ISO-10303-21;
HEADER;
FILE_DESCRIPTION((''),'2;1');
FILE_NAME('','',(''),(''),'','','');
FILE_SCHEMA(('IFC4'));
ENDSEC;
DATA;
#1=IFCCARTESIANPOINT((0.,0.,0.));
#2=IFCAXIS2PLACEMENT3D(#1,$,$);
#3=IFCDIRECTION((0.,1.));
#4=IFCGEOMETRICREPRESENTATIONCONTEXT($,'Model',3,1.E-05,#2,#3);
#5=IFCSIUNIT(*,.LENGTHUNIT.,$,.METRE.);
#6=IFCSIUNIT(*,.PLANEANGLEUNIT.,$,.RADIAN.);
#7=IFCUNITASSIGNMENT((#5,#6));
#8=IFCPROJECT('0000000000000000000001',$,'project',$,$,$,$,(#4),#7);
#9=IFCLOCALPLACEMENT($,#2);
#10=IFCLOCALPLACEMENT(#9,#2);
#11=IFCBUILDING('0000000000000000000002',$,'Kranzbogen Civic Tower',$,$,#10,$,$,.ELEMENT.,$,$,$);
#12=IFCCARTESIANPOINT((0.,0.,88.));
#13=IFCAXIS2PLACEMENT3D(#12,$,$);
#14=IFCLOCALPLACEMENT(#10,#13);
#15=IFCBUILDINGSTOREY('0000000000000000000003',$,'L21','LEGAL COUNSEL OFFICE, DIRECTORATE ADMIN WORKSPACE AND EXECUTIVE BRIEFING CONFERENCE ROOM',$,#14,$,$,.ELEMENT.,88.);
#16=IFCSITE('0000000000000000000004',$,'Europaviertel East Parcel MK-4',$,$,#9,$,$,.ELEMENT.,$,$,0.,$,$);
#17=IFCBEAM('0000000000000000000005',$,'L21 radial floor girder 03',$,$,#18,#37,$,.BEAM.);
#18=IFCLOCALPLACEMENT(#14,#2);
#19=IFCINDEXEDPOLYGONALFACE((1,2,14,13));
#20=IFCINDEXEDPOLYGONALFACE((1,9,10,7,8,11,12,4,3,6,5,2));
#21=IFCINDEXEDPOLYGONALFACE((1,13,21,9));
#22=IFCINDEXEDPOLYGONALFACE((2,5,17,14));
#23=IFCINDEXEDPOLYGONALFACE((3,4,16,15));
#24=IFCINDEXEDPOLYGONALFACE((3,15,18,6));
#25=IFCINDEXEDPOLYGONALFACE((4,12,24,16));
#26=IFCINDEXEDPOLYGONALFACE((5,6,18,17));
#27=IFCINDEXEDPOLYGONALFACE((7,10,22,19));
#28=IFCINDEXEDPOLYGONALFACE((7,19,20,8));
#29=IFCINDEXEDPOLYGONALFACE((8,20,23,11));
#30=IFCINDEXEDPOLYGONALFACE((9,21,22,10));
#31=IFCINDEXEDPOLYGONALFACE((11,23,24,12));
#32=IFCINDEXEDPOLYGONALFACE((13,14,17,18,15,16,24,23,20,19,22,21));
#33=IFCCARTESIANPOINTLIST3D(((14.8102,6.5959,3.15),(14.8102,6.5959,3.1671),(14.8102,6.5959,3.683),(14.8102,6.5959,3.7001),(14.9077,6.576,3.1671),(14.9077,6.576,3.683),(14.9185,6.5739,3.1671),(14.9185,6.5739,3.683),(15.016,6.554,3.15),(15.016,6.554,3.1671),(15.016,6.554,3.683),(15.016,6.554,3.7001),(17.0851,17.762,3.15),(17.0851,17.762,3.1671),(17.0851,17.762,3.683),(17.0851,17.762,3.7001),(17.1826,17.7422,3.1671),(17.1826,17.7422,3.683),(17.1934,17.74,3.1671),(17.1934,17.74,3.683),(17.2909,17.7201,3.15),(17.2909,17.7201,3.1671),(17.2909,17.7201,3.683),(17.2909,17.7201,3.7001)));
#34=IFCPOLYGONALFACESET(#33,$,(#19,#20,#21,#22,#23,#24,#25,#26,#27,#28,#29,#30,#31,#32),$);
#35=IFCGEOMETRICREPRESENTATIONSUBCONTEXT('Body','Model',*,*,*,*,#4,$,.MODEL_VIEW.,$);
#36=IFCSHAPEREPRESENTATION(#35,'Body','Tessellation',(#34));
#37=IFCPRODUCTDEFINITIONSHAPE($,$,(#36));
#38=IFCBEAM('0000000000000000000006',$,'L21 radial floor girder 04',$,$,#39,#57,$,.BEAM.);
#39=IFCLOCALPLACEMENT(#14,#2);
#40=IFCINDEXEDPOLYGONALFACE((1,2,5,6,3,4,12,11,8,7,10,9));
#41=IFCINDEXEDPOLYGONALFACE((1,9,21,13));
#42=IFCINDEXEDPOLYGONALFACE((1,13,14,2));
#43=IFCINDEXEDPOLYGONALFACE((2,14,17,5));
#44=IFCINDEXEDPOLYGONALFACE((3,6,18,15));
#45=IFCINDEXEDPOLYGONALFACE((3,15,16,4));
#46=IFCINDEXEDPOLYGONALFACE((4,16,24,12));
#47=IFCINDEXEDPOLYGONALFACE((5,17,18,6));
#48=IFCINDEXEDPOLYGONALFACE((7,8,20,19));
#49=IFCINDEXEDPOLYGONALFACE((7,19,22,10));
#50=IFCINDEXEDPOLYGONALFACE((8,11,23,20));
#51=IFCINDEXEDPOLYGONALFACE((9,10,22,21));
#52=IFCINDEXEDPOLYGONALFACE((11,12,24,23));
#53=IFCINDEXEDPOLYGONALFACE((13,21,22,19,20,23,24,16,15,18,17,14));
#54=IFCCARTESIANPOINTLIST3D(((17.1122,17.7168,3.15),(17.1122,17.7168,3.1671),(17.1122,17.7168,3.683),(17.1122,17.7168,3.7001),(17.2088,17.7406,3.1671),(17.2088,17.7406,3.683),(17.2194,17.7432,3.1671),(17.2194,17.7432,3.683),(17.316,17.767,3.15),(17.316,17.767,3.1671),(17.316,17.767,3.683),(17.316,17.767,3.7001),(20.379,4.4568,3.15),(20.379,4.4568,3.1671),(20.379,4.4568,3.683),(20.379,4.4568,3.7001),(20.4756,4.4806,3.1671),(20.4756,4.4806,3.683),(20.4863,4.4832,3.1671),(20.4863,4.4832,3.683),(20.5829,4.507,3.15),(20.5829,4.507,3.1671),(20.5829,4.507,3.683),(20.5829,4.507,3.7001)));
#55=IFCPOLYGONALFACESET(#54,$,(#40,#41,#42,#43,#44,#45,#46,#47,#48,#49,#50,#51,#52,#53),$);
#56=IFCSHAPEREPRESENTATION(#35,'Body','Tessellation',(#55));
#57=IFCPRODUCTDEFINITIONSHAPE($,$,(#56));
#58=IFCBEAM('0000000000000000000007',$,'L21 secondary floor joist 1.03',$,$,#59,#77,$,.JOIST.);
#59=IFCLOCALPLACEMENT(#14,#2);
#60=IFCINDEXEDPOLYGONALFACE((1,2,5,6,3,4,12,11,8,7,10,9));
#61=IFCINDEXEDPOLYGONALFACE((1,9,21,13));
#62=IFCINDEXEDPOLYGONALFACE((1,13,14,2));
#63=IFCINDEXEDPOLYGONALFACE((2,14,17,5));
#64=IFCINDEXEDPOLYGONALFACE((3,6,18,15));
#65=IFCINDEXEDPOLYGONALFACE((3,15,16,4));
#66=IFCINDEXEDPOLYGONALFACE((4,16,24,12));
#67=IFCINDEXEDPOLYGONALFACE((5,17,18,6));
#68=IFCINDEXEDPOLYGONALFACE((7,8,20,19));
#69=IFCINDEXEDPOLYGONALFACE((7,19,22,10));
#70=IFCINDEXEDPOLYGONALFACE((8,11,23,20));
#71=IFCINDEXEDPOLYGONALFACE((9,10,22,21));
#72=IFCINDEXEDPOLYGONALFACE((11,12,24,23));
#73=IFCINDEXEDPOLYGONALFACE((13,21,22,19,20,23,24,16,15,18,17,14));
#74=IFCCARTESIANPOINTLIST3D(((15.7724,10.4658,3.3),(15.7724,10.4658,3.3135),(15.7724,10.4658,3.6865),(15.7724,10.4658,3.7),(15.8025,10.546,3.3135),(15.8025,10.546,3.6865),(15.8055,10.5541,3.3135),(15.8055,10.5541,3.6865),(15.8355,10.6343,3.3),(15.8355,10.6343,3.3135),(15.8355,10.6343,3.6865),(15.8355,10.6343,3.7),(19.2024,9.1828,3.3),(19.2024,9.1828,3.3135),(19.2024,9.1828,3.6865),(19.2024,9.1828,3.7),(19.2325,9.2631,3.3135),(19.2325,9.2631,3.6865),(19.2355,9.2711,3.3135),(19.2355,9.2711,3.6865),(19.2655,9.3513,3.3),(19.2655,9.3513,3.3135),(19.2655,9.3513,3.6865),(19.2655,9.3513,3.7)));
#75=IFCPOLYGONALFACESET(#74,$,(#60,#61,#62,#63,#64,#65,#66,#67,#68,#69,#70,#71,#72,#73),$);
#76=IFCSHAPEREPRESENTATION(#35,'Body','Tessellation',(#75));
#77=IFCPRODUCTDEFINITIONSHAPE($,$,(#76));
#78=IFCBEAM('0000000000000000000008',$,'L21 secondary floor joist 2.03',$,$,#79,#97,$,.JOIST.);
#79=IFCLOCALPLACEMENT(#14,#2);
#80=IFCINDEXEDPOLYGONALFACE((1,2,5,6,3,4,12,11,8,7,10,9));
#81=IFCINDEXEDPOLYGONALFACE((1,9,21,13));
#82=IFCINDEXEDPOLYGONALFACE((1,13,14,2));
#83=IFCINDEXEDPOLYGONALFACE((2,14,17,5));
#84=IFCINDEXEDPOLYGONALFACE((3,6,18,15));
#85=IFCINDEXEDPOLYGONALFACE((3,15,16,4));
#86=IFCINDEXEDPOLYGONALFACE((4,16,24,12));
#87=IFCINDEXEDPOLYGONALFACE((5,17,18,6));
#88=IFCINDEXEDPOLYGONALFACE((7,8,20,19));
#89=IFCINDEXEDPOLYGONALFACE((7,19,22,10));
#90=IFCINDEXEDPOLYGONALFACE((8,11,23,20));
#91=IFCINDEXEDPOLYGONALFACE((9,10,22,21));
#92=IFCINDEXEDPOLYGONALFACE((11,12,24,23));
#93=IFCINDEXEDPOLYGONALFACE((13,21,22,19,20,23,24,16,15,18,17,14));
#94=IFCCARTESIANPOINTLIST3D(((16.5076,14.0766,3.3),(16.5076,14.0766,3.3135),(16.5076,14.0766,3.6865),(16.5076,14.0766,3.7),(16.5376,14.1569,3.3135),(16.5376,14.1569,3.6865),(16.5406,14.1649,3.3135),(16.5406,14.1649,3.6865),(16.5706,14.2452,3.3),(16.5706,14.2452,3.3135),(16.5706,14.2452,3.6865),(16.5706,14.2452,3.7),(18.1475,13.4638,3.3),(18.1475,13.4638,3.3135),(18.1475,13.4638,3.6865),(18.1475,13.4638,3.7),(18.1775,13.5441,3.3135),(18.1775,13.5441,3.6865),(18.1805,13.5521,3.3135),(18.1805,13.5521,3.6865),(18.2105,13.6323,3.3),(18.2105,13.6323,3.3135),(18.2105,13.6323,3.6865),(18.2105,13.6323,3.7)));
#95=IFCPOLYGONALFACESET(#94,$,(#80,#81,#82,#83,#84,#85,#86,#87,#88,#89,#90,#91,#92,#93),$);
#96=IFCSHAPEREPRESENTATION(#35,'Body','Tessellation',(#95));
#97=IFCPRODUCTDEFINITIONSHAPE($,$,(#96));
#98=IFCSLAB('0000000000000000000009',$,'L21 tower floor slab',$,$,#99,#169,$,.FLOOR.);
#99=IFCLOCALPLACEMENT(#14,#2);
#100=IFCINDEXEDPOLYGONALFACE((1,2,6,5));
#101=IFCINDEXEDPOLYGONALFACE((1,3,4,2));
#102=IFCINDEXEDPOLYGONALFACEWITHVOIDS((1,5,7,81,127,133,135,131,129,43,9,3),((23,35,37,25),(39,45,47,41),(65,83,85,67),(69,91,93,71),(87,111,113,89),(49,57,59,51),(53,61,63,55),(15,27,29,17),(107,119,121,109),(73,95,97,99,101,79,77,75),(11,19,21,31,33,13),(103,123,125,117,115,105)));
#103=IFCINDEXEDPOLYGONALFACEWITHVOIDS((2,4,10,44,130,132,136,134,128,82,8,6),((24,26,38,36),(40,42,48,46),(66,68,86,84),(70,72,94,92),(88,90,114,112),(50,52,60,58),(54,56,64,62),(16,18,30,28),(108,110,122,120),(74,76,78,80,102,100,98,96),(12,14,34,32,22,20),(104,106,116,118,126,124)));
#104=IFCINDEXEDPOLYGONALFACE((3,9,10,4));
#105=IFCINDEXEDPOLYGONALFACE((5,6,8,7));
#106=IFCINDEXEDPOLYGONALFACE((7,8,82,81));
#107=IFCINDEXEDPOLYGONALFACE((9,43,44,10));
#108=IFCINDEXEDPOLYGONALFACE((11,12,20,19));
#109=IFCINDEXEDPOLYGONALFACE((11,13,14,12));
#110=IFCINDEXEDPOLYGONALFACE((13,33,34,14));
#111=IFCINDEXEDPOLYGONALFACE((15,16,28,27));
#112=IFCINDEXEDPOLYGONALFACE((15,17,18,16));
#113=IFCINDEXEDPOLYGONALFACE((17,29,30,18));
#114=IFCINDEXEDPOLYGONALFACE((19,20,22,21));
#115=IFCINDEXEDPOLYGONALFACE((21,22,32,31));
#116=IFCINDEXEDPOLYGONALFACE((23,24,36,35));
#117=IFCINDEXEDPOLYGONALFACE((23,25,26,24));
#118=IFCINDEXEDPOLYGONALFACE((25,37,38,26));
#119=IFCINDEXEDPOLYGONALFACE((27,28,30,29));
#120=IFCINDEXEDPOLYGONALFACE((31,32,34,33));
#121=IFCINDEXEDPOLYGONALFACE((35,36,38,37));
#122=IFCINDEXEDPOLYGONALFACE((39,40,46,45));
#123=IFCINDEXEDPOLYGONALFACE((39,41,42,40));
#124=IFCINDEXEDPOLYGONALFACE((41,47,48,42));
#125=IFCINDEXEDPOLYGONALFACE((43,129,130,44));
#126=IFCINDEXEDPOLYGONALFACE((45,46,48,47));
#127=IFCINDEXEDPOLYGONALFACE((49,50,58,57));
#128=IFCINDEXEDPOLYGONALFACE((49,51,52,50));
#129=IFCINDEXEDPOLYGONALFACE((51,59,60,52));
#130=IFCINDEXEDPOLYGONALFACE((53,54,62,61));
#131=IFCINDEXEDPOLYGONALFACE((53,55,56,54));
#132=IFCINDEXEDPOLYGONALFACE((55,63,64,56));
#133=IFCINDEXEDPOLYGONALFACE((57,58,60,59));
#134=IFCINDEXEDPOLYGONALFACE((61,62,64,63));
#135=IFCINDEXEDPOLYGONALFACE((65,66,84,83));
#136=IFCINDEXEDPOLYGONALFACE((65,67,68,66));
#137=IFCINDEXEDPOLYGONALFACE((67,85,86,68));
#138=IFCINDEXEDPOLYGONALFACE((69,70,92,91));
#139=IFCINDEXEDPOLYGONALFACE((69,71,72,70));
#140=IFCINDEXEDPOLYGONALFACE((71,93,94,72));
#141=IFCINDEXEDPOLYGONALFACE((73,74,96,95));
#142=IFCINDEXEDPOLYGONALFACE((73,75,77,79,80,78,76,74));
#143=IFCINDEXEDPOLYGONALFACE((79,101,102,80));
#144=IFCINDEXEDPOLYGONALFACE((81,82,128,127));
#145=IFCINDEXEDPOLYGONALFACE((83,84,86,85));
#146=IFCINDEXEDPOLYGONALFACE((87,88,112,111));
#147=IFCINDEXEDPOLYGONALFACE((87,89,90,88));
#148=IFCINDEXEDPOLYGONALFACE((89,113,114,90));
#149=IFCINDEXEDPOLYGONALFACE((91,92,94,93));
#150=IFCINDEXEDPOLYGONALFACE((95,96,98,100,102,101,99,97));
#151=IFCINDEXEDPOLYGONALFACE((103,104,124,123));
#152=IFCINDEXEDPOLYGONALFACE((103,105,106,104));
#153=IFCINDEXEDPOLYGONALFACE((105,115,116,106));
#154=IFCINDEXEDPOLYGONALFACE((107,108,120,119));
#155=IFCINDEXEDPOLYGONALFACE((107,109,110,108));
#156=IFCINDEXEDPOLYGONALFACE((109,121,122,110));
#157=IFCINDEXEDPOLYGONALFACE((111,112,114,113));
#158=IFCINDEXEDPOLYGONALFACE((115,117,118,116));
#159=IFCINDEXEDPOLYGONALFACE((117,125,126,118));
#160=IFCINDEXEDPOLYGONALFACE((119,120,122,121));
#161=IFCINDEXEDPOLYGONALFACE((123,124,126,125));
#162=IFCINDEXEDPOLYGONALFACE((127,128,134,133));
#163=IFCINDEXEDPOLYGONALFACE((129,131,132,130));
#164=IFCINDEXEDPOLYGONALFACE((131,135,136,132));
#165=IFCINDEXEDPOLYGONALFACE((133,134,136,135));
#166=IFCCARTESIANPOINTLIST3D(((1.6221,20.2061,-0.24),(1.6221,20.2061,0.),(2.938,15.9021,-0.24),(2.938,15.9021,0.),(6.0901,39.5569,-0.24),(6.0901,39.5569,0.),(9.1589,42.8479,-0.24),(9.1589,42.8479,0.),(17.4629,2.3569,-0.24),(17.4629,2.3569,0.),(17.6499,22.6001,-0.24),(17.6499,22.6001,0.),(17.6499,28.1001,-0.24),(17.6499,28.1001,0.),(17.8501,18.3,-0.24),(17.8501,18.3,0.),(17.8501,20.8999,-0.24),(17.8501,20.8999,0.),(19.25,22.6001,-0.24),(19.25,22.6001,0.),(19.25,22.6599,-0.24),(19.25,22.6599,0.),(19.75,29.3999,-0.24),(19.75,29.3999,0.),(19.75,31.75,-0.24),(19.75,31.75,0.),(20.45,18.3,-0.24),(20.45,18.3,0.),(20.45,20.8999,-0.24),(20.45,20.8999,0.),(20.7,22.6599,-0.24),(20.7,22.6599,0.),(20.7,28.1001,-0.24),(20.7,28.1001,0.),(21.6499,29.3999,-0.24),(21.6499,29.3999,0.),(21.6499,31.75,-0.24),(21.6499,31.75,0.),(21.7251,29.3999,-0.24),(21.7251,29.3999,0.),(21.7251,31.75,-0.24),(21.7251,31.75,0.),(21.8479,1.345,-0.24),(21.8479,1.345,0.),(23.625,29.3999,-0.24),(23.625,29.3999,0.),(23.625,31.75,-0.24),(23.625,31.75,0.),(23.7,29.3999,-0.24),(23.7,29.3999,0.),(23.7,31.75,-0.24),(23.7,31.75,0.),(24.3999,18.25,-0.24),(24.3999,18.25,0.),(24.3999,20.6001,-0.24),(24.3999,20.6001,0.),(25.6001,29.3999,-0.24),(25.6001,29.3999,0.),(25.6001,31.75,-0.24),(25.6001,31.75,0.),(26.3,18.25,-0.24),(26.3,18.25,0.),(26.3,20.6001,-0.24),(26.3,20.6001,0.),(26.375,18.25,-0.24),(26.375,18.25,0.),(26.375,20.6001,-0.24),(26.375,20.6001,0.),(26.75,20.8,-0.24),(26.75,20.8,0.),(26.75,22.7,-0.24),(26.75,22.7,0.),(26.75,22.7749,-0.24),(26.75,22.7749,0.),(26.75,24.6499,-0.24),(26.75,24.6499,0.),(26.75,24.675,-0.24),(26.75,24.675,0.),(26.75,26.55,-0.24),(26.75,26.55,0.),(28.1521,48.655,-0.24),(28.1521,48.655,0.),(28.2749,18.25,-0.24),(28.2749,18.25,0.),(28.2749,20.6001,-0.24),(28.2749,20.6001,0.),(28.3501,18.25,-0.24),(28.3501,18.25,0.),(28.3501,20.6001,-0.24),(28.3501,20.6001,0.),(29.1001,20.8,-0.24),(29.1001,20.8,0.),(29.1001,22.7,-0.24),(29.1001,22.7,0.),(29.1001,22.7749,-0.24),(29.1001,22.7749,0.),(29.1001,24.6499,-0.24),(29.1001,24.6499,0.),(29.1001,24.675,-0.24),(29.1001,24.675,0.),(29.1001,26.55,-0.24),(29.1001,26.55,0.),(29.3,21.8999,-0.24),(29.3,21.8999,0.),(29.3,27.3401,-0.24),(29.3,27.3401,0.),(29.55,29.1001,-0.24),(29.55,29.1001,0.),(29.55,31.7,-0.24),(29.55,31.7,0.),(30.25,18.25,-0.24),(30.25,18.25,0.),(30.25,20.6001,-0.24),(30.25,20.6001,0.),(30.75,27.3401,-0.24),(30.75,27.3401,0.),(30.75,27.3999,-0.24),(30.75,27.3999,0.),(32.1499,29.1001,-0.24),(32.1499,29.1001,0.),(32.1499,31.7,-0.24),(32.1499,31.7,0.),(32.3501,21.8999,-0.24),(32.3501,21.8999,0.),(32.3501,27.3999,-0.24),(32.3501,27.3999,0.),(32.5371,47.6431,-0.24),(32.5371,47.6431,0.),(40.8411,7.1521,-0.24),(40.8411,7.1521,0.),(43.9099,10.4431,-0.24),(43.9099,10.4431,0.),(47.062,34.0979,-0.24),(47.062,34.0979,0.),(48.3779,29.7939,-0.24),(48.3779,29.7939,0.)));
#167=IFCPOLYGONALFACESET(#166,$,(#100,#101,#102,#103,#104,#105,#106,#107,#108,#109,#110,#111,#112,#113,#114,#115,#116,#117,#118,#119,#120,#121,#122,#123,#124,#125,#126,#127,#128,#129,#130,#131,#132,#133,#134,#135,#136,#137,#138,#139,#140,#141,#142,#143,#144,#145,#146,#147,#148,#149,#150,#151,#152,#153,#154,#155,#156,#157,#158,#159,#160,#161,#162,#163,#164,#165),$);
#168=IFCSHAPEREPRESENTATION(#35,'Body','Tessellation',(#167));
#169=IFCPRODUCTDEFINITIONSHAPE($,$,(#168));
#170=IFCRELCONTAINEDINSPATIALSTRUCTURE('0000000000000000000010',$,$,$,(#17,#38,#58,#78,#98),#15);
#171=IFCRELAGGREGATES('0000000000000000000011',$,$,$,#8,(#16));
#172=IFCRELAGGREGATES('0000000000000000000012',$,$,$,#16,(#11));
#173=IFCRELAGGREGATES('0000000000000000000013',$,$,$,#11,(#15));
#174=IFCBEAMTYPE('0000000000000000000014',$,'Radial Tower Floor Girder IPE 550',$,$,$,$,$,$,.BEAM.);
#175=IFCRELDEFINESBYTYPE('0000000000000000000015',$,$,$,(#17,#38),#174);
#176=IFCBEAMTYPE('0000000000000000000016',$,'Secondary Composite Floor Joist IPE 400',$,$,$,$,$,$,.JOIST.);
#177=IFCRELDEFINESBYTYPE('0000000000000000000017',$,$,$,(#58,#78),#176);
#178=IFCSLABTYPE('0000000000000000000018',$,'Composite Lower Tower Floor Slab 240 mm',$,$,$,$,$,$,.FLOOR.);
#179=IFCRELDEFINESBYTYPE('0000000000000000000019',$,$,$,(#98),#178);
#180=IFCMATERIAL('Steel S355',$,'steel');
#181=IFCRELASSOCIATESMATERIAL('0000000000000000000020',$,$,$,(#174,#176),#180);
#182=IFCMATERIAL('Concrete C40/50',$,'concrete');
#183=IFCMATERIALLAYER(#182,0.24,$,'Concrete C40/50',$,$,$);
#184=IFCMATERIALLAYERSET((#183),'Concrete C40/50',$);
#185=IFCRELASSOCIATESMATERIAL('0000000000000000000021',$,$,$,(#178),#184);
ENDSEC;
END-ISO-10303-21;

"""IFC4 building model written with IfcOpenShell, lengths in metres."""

from ifc_helpers import new_model, si_unit, direction, frame, origin, origin_2d, place, context, subcontext, project, spatial, polyline, i_section, outline, extrude, material, layer, layer_set, material_profile, profile_set, type_object, element, save


model = new_model("IFC4")

# Units and contexts
model_context = context("Model", 3, precision=1e-05, world=origin(), true_north=direction((0.0, 1.0)))
body_context = subcontext(model_context, "Body", "Model", "MODEL_VIEW")
ifc_project = project(units=[si_unit("LENGTHUNIT", "METRE"), si_unit("PLANEANGLEUNIT", "RADIAN")], contexts=[model_context])

# Site, building, storey
site_placement = place(None, origin())
site = spatial("IfcSite", under=ifc_project, at=site_placement, Name="Europaviertel East Parcel MK-4", CompositionType="ELEMENT", RefElevation=0.0)
building_placement = place(site_placement, origin())
building = spatial("IfcBuilding", under=site, at=building_placement, Name="Kranzbogen Civic Tower", CompositionType="ELEMENT")
storey_placement = place(building_placement, frame((0.0, 0.0, 88.0)))
storey = spatial("IfcBuildingStorey", under=building, at=storey_placement, Name="L21", Description="LEGAL COUNSEL OFFICE, DIRECTORATE ADMIN WORKSPACE AND EXECUTIVE BRIEFING CONFERENCE ROOM", CompositionType="ELEMENT", Elevation=88.0)

# Shared definitions
ifc_material_1 = material(Name="Steel S355", Category="steel")

# Beams
ifc_material_profile_1 = material_profile(ifc_material_1, i_section(OverallWidth=0.21, OverallDepth=0.55, WebThickness=0.011, FlangeThickness=0.0171, at=origin_2d()), Name="IPE 550")
ifc_profile_set_1 = profile_set([ifc_material_profile_1], Name="Steel S355")
beam_type_1 = type_object("IfcBeamType", Name="Radial Tower Floor Girder IPE 550", PredefinedType="BEAM", material=ifc_profile_set_1)
beam_1_placement = place(storey_placement, frame((14.9131, 6.575, 3.425), z_axis=(0.199633, 0.979871, 0.0), x_axis=(-0.979871, 0.199633, 0.0)))
element("IfcBeam", 1, at=beam_1_placement, inside=storey, type_object=beam_type_1, Name="L21 radial floor girder 03", PredefinedType="BEAM", context=body_context, shape_type="SweptSolid", body=[
    extrude(i_section(OverallWidth=0.21, OverallDepth=0.55, WebThickness=0.011, FlangeThickness=0.0171, at=origin_2d()), origin(), (0.0, 0.0, 1.0), 11.3955),
])
beam_2_placement = place(storey_placement, frame((20.481, 4.4819, 3.425), z_axis=(-0.239215, 0.970967, 0.0), x_axis=(-0.970967, -0.239215, 0.0)))
element("IfcBeam", 2, at=beam_2_placement, inside=storey, type_object=beam_type_1, Name="L21 radial floor girder 04", PredefinedType="BEAM", context=body_context, shape_type="SweptSolid", body=[
    extrude(i_section(OverallWidth=0.21, OverallDepth=0.55, WebThickness=0.011, FlangeThickness=0.0171, at=origin_2d()), origin(), (0.0, 0.0, 1.0), 13.6565),
])
ifc_material_profile_2 = material_profile(ifc_material_1, i_section(OverallWidth=0.1799, OverallDepth=0.3999, WebThickness=0.0085, FlangeThickness=0.0134, at=origin_2d()), Name="IPE 400")
ifc_profile_set_2 = profile_set([ifc_material_profile_2], Name="Steel S355")
beam_type_2 = type_object("IfcBeamType", Name="Secondary Composite Floor Joist IPE 400", PredefinedType="JOIST", material=ifc_profile_set_2)
beam_3_placement = place(storey_placement, frame((15.804, 10.55, 3.5), z_axis=(0.936622, -0.350342, 0.0), x_axis=(0.350342, 0.936622, 0.0)))
element("IfcBeam", 3, at=beam_3_placement, inside=storey, type_object=beam_type_2, Name="L21 secondary floor joist 1.03", PredefinedType="JOIST", context=body_context, shape_type="SweptSolid", body=[
    extrude(i_section(OverallWidth=0.1799, OverallDepth=0.3999, WebThickness=0.0085, FlangeThickness=0.0134, at=origin_2d()), origin(), (0.0, 0.0, 1.0), 3.6621),
])
beam_4_placement = place(storey_placement, frame((16.5391, 14.1609, 3.5), z_axis=(0.936735, -0.350038, 0.0), x_axis=(0.350038, 0.936735, 0.0)))
element("IfcBeam", 4, at=beam_4_placement, inside=storey, type_object=beam_type_2, Name="L21 secondary floor joist 2.03", PredefinedType="JOIST", context=body_context, shape_type="SweptSolid", body=[
    extrude(i_section(OverallWidth=0.1799, OverallDepth=0.3999, WebThickness=0.0085, FlangeThickness=0.0134, at=origin_2d()), origin(), (0.0, 0.0, 1.0), 1.7507),
])

# Slab
ifc_material_2 = material(Name="Concrete C40/50", Category="concrete")
ifc_layer_1 = layer(ifc_material_2, 0.24, Name="Concrete C40/50")
ifc_layer_set_1 = layer_set([ifc_layer_1], Name="Concrete C40/50")
slab_type_1 = type_object("IfcSlabType", Name="Composite Lower Tower Floor Slab 240 mm", PredefinedType="FLOOR", material=ifc_layer_set_1)
slab_1_placement = place(storey_placement, frame((0.0, 0.0, -0.24)))
element("IfcSlab", 5, at=slab_1_placement, inside=storey, type_object=slab_type_1, Name="L21 tower floor slab", PredefinedType="FLOOR", context=body_context, shape_type="SweptSolid", body=[
    extrude(outline(polyline([(47.062, 34.0979), (32.5371, 47.6431), (28.1521, 48.655), (9.1589, 42.8479), (6.0901, 39.5569), (1.6221, 20.2061), (2.938, 15.9021), (17.4629, 2.3569), (21.8479, 1.345), (40.8411, 7.1521), (43.9099, 10.4431), (48.3779, 29.7939), (47.062, 34.0979)]), holes=[polyline([(26.3, 20.6001), (26.3, 18.25), (24.3999, 18.25), (24.3999, 20.6001), (26.3, 20.6001)]), polyline([(28.2749, 18.25), (26.375, 18.25), (26.375, 20.6001), (28.2749, 20.6001), (28.2749, 18.25)]), polyline([(20.45, 18.3), (17.8501, 18.3), (17.8501, 20.8999), (20.45, 20.8999), (20.45, 18.3)]), polyline([(20.7, 22.6599), (19.25, 22.6599), (19.25, 22.6001), (17.6499, 22.6001), (17.6499, 28.1001), (20.7, 28.1001), (20.7, 22.6599)]), polyline([(21.6499, 29.3999), (19.75, 29.3999), (19.75, 31.75), (21.6499, 31.75), (21.6499, 29.3999)]), polyline([(23.625, 29.3999), (21.7251, 29.3999), (21.7251, 31.75), (23.625, 31.75), (23.625, 29.3999)]), polyline([(25.6001, 31.75), (25.6001, 29.3999), (23.7, 29.3999), (23.7, 31.75), (25.6001, 31.75)]), polyline([(30.25, 18.25), (28.3501, 18.25), (28.3501, 20.6001), (30.25, 20.6001), (30.25, 18.25)]), polyline([(29.1001, 20.8), (26.75, 20.8), (26.75, 22.7), (29.1001, 22.7), (29.1001, 20.8)]), polyline([(26.75, 26.55), (29.1001, 26.55), (29.1001, 24.675), (29.1001, 24.6499), (29.1001, 22.7749), (26.75, 22.7749), (26.75, 24.6499), (26.75, 24.675), (26.75, 26.55)]), polyline([(30.75, 27.3401), (30.75, 27.3999), (32.3501, 27.3999), (32.3501, 21.8999), (29.3, 21.8999), (29.3, 27.3401), (30.75, 27.3401)]), polyline([(32.1499, 29.1001), (29.55, 29.1001), (29.55, 31.7), (32.1499, 31.7), (32.1499, 29.1001)])]), origin(), (0.0, 0.0, 1.0), 0.24),
])

save(model, "model.ifc")
